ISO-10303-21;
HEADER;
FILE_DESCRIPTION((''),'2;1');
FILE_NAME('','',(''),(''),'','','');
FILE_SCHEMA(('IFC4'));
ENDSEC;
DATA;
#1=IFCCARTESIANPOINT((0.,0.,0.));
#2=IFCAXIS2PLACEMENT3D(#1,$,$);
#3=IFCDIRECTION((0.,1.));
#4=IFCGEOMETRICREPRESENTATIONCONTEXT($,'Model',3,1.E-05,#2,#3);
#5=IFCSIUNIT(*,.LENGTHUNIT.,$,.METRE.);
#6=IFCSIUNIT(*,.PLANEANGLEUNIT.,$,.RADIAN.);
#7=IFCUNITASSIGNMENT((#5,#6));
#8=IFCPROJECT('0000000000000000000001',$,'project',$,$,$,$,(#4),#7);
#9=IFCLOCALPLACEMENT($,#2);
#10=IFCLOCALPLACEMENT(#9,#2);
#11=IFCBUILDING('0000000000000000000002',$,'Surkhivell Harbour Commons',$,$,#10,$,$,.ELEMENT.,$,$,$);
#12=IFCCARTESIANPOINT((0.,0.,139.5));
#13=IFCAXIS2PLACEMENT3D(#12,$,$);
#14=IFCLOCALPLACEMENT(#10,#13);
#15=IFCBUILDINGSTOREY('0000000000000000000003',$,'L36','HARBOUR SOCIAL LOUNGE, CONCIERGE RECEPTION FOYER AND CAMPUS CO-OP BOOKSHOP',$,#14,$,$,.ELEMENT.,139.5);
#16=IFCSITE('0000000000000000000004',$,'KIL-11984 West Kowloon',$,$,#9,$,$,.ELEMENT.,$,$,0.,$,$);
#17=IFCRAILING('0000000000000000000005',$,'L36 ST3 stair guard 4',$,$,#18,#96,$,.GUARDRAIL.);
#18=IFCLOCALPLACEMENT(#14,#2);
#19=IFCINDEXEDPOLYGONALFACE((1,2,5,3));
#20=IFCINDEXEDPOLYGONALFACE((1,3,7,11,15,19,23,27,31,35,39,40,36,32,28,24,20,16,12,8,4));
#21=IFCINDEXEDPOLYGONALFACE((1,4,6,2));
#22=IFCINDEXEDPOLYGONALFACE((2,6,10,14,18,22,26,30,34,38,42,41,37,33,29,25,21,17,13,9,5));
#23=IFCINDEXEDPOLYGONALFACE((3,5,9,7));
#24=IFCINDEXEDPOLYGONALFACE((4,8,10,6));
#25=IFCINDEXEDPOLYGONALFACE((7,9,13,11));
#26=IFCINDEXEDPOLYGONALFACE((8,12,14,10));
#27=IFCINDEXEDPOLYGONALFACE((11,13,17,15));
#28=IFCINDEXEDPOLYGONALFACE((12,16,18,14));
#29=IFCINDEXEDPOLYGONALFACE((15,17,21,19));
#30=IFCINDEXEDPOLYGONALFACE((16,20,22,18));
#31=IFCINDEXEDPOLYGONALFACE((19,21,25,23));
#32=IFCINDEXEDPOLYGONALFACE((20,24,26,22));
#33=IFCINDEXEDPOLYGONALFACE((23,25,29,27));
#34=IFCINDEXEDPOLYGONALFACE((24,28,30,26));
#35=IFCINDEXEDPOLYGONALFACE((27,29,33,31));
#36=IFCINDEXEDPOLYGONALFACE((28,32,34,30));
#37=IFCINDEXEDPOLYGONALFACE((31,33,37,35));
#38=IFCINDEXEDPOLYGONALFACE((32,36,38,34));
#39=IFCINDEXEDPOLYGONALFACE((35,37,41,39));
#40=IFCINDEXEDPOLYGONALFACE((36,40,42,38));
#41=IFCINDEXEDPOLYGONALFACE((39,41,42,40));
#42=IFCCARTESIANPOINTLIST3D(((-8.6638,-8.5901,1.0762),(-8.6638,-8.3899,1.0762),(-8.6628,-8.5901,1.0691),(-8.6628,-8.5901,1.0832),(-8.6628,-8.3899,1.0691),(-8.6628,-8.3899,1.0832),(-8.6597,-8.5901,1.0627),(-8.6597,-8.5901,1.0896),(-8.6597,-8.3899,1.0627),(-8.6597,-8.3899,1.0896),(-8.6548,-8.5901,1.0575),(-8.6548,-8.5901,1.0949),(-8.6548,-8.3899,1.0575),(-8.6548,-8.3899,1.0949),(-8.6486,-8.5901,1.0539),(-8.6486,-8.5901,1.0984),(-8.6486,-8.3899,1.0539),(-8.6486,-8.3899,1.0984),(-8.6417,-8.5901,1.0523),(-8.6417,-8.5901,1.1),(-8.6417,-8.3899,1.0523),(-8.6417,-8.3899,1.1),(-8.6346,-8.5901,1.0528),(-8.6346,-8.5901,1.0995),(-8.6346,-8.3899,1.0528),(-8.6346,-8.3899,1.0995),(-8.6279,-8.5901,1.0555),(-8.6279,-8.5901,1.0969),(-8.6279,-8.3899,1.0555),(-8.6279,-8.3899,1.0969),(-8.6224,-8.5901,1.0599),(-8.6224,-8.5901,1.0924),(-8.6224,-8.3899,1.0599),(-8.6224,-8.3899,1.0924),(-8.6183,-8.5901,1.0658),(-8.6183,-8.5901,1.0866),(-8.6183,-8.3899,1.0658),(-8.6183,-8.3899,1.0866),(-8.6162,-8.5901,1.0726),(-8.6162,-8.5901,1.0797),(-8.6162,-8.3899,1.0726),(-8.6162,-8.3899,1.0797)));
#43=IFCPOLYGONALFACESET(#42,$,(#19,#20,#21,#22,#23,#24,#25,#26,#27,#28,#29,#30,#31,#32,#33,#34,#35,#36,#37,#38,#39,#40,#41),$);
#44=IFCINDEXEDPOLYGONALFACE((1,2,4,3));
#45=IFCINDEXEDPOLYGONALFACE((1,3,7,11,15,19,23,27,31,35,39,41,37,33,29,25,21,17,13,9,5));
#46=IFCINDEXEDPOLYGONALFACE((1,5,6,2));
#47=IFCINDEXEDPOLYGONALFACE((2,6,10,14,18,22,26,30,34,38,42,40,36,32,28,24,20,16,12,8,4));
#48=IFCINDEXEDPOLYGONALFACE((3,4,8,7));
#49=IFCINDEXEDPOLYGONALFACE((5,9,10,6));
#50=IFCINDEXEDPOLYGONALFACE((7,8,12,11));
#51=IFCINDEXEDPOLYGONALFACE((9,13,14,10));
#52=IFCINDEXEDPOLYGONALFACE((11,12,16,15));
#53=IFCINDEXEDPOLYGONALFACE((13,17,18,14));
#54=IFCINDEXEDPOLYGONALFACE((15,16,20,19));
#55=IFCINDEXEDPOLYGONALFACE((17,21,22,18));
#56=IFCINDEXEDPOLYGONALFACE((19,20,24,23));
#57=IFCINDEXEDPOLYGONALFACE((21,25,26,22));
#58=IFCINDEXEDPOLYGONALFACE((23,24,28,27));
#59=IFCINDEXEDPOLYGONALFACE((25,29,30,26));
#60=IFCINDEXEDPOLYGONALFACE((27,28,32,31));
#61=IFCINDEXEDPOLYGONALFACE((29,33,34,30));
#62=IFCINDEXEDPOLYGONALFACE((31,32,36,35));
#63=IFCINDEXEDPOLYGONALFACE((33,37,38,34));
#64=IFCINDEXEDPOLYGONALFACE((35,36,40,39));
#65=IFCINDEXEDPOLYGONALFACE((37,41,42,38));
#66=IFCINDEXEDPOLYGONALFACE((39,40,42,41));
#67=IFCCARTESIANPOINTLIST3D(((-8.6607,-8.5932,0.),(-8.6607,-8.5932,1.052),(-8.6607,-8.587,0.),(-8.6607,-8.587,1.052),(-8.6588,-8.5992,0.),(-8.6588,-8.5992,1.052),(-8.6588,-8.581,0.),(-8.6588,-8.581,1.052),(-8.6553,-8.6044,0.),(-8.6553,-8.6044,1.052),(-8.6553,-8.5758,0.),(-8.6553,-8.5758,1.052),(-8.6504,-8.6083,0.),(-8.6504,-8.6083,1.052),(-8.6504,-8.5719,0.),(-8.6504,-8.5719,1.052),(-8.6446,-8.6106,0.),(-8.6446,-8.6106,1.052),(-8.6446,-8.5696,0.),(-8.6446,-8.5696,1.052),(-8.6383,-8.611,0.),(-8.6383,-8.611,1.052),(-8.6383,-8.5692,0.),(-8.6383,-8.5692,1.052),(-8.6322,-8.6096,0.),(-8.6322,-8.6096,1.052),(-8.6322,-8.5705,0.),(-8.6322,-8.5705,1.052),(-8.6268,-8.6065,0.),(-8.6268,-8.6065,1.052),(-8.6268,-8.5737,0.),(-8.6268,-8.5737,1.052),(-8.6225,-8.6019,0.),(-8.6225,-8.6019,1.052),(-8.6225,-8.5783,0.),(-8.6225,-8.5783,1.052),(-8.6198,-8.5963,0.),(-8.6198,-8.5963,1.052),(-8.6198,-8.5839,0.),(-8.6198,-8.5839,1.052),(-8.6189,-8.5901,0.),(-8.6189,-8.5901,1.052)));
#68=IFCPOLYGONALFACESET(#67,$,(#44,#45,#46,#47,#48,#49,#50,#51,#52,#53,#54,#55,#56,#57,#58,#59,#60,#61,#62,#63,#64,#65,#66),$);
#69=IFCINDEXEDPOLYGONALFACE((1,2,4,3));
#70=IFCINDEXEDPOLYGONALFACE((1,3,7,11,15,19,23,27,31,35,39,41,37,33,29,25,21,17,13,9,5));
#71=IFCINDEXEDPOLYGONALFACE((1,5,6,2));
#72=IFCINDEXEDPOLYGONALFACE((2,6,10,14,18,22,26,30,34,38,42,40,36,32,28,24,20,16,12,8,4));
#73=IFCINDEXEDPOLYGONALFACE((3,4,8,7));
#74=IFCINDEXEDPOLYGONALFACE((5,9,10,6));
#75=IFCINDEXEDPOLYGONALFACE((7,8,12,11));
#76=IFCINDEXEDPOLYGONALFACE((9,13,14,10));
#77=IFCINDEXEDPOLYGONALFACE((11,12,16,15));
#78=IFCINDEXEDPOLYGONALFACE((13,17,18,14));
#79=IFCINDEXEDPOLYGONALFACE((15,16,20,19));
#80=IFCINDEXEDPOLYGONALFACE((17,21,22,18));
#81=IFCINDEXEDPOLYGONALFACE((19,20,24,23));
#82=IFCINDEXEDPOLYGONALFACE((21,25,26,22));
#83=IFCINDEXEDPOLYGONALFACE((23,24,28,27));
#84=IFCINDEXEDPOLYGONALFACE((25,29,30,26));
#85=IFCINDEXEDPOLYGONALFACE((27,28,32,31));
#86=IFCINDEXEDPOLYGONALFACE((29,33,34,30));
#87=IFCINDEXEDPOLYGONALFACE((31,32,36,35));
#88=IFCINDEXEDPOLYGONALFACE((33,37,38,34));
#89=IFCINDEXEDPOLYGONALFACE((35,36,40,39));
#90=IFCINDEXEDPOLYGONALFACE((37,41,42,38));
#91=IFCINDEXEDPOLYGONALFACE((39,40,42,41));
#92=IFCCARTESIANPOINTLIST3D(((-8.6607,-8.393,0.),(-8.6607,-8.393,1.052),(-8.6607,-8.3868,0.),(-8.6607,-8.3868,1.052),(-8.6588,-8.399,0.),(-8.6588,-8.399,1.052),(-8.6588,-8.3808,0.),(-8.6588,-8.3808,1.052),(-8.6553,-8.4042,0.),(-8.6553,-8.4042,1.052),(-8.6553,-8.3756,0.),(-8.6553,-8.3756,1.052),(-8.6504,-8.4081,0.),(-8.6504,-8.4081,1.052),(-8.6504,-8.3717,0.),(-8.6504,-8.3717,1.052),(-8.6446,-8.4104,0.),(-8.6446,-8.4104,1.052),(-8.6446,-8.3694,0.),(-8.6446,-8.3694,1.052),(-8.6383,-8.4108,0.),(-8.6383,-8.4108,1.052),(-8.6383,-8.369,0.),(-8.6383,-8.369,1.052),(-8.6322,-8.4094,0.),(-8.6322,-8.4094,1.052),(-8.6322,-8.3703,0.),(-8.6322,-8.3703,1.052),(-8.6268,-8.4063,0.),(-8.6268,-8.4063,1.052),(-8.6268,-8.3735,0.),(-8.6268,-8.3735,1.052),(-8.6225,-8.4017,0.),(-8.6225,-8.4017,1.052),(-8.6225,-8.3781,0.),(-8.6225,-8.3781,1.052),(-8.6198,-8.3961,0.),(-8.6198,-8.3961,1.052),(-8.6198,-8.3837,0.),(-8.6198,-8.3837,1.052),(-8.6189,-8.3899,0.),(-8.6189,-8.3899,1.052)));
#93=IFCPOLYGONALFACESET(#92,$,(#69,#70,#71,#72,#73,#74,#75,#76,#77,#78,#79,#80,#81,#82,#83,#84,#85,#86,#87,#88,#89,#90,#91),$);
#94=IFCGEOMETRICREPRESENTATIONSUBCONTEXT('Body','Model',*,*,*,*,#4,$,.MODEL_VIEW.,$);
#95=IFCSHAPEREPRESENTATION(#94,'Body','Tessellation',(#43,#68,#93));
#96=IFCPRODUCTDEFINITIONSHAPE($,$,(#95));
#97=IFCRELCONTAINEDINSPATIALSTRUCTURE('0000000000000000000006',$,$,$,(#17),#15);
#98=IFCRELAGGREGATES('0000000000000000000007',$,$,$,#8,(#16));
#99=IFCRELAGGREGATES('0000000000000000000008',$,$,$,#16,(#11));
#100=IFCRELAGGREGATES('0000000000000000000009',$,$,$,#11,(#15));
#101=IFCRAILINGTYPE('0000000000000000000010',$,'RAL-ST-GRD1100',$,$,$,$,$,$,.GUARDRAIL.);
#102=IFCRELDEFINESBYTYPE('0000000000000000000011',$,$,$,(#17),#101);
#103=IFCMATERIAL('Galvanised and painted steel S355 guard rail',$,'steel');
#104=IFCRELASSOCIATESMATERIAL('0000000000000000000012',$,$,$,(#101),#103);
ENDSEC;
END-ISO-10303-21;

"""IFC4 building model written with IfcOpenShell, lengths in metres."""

from ifc_helpers import new_model, si_unit, direction, frame, origin, origin_2d, place, context, subcontext, project, spatial, circle, extrude, material, type_object, element, save


model = new_model("IFC4")

# Units and contexts
model_context = context("Model", 3, precision=1e-05, world=origin(), true_north=direction((0.0, 1.0)))
body_context = subcontext(model_context, "Body", "Model", "MODEL_VIEW")
ifc_project = project(units=[si_unit("LENGTHUNIT", "METRE"), si_unit("PLANEANGLEUNIT", "RADIAN")], contexts=[model_context])

# Site, building, storey
site_placement = place(None, origin())
site = spatial("IfcSite", under=ifc_project, at=site_placement, Name="KIL-11984 West Kowloon", CompositionType="ELEMENT", RefElevation=0.0)
building_placement = place(site_placement, origin())
building = spatial("IfcBuilding", under=site, at=building_placement, Name="Surkhivell Harbour Commons", CompositionType="ELEMENT")
storey_placement = place(building_placement, frame((0.0, 0.0, 139.5)))
storey = spatial("IfcBuildingStorey", under=building, at=storey_placement, Name="L36", Description="HARBOUR SOCIAL LOUNGE, CONCIERGE RECEPTION FOYER AND CAMPUS CO-OP BOOKSHOP", CompositionType="ELEMENT", Elevation=139.5)

# Railing
ifc_material_1 = material(Name="Galvanised and painted steel S355 guard rail", Category="steel")
railing_type_1 = type_object("IfcRailingType", Name="RAL-ST-GRD1100", PredefinedType="GUARDRAIL", material=ifc_material_1)
railing_1_placement = place(storey_placement, frame((-8.6399, -8.5901, 0.0)))
element("IfcRailing", 1, at=railing_1_placement, inside=storey, type_object=railing_type_1, Name="L36 ST3 stair guard 4", PredefinedType="GUARDRAIL", context=body_context, shape_type="SweptSolid", body=[
    extrude(circle(Radius=0.0239, at=origin_2d()), frame((0.0, 0.0, 1.0762), z_axis=(0.0, 1.0, 0.0), x_axis=(-1.0, 0.0, 0.0)), (0.0, 0.0, 1.0), 0.2002),
    extrude(circle(Radius=0.021, at=origin_2d()), origin(), (0.0, 0.0, 1.0), 1.052),
    extrude(circle(Radius=0.021, at=origin_2d()), frame((0.0, 0.2002, 0.0)), (0.0, 0.0, 1.0), 1.052),
])

save(model, "model.ifc")
